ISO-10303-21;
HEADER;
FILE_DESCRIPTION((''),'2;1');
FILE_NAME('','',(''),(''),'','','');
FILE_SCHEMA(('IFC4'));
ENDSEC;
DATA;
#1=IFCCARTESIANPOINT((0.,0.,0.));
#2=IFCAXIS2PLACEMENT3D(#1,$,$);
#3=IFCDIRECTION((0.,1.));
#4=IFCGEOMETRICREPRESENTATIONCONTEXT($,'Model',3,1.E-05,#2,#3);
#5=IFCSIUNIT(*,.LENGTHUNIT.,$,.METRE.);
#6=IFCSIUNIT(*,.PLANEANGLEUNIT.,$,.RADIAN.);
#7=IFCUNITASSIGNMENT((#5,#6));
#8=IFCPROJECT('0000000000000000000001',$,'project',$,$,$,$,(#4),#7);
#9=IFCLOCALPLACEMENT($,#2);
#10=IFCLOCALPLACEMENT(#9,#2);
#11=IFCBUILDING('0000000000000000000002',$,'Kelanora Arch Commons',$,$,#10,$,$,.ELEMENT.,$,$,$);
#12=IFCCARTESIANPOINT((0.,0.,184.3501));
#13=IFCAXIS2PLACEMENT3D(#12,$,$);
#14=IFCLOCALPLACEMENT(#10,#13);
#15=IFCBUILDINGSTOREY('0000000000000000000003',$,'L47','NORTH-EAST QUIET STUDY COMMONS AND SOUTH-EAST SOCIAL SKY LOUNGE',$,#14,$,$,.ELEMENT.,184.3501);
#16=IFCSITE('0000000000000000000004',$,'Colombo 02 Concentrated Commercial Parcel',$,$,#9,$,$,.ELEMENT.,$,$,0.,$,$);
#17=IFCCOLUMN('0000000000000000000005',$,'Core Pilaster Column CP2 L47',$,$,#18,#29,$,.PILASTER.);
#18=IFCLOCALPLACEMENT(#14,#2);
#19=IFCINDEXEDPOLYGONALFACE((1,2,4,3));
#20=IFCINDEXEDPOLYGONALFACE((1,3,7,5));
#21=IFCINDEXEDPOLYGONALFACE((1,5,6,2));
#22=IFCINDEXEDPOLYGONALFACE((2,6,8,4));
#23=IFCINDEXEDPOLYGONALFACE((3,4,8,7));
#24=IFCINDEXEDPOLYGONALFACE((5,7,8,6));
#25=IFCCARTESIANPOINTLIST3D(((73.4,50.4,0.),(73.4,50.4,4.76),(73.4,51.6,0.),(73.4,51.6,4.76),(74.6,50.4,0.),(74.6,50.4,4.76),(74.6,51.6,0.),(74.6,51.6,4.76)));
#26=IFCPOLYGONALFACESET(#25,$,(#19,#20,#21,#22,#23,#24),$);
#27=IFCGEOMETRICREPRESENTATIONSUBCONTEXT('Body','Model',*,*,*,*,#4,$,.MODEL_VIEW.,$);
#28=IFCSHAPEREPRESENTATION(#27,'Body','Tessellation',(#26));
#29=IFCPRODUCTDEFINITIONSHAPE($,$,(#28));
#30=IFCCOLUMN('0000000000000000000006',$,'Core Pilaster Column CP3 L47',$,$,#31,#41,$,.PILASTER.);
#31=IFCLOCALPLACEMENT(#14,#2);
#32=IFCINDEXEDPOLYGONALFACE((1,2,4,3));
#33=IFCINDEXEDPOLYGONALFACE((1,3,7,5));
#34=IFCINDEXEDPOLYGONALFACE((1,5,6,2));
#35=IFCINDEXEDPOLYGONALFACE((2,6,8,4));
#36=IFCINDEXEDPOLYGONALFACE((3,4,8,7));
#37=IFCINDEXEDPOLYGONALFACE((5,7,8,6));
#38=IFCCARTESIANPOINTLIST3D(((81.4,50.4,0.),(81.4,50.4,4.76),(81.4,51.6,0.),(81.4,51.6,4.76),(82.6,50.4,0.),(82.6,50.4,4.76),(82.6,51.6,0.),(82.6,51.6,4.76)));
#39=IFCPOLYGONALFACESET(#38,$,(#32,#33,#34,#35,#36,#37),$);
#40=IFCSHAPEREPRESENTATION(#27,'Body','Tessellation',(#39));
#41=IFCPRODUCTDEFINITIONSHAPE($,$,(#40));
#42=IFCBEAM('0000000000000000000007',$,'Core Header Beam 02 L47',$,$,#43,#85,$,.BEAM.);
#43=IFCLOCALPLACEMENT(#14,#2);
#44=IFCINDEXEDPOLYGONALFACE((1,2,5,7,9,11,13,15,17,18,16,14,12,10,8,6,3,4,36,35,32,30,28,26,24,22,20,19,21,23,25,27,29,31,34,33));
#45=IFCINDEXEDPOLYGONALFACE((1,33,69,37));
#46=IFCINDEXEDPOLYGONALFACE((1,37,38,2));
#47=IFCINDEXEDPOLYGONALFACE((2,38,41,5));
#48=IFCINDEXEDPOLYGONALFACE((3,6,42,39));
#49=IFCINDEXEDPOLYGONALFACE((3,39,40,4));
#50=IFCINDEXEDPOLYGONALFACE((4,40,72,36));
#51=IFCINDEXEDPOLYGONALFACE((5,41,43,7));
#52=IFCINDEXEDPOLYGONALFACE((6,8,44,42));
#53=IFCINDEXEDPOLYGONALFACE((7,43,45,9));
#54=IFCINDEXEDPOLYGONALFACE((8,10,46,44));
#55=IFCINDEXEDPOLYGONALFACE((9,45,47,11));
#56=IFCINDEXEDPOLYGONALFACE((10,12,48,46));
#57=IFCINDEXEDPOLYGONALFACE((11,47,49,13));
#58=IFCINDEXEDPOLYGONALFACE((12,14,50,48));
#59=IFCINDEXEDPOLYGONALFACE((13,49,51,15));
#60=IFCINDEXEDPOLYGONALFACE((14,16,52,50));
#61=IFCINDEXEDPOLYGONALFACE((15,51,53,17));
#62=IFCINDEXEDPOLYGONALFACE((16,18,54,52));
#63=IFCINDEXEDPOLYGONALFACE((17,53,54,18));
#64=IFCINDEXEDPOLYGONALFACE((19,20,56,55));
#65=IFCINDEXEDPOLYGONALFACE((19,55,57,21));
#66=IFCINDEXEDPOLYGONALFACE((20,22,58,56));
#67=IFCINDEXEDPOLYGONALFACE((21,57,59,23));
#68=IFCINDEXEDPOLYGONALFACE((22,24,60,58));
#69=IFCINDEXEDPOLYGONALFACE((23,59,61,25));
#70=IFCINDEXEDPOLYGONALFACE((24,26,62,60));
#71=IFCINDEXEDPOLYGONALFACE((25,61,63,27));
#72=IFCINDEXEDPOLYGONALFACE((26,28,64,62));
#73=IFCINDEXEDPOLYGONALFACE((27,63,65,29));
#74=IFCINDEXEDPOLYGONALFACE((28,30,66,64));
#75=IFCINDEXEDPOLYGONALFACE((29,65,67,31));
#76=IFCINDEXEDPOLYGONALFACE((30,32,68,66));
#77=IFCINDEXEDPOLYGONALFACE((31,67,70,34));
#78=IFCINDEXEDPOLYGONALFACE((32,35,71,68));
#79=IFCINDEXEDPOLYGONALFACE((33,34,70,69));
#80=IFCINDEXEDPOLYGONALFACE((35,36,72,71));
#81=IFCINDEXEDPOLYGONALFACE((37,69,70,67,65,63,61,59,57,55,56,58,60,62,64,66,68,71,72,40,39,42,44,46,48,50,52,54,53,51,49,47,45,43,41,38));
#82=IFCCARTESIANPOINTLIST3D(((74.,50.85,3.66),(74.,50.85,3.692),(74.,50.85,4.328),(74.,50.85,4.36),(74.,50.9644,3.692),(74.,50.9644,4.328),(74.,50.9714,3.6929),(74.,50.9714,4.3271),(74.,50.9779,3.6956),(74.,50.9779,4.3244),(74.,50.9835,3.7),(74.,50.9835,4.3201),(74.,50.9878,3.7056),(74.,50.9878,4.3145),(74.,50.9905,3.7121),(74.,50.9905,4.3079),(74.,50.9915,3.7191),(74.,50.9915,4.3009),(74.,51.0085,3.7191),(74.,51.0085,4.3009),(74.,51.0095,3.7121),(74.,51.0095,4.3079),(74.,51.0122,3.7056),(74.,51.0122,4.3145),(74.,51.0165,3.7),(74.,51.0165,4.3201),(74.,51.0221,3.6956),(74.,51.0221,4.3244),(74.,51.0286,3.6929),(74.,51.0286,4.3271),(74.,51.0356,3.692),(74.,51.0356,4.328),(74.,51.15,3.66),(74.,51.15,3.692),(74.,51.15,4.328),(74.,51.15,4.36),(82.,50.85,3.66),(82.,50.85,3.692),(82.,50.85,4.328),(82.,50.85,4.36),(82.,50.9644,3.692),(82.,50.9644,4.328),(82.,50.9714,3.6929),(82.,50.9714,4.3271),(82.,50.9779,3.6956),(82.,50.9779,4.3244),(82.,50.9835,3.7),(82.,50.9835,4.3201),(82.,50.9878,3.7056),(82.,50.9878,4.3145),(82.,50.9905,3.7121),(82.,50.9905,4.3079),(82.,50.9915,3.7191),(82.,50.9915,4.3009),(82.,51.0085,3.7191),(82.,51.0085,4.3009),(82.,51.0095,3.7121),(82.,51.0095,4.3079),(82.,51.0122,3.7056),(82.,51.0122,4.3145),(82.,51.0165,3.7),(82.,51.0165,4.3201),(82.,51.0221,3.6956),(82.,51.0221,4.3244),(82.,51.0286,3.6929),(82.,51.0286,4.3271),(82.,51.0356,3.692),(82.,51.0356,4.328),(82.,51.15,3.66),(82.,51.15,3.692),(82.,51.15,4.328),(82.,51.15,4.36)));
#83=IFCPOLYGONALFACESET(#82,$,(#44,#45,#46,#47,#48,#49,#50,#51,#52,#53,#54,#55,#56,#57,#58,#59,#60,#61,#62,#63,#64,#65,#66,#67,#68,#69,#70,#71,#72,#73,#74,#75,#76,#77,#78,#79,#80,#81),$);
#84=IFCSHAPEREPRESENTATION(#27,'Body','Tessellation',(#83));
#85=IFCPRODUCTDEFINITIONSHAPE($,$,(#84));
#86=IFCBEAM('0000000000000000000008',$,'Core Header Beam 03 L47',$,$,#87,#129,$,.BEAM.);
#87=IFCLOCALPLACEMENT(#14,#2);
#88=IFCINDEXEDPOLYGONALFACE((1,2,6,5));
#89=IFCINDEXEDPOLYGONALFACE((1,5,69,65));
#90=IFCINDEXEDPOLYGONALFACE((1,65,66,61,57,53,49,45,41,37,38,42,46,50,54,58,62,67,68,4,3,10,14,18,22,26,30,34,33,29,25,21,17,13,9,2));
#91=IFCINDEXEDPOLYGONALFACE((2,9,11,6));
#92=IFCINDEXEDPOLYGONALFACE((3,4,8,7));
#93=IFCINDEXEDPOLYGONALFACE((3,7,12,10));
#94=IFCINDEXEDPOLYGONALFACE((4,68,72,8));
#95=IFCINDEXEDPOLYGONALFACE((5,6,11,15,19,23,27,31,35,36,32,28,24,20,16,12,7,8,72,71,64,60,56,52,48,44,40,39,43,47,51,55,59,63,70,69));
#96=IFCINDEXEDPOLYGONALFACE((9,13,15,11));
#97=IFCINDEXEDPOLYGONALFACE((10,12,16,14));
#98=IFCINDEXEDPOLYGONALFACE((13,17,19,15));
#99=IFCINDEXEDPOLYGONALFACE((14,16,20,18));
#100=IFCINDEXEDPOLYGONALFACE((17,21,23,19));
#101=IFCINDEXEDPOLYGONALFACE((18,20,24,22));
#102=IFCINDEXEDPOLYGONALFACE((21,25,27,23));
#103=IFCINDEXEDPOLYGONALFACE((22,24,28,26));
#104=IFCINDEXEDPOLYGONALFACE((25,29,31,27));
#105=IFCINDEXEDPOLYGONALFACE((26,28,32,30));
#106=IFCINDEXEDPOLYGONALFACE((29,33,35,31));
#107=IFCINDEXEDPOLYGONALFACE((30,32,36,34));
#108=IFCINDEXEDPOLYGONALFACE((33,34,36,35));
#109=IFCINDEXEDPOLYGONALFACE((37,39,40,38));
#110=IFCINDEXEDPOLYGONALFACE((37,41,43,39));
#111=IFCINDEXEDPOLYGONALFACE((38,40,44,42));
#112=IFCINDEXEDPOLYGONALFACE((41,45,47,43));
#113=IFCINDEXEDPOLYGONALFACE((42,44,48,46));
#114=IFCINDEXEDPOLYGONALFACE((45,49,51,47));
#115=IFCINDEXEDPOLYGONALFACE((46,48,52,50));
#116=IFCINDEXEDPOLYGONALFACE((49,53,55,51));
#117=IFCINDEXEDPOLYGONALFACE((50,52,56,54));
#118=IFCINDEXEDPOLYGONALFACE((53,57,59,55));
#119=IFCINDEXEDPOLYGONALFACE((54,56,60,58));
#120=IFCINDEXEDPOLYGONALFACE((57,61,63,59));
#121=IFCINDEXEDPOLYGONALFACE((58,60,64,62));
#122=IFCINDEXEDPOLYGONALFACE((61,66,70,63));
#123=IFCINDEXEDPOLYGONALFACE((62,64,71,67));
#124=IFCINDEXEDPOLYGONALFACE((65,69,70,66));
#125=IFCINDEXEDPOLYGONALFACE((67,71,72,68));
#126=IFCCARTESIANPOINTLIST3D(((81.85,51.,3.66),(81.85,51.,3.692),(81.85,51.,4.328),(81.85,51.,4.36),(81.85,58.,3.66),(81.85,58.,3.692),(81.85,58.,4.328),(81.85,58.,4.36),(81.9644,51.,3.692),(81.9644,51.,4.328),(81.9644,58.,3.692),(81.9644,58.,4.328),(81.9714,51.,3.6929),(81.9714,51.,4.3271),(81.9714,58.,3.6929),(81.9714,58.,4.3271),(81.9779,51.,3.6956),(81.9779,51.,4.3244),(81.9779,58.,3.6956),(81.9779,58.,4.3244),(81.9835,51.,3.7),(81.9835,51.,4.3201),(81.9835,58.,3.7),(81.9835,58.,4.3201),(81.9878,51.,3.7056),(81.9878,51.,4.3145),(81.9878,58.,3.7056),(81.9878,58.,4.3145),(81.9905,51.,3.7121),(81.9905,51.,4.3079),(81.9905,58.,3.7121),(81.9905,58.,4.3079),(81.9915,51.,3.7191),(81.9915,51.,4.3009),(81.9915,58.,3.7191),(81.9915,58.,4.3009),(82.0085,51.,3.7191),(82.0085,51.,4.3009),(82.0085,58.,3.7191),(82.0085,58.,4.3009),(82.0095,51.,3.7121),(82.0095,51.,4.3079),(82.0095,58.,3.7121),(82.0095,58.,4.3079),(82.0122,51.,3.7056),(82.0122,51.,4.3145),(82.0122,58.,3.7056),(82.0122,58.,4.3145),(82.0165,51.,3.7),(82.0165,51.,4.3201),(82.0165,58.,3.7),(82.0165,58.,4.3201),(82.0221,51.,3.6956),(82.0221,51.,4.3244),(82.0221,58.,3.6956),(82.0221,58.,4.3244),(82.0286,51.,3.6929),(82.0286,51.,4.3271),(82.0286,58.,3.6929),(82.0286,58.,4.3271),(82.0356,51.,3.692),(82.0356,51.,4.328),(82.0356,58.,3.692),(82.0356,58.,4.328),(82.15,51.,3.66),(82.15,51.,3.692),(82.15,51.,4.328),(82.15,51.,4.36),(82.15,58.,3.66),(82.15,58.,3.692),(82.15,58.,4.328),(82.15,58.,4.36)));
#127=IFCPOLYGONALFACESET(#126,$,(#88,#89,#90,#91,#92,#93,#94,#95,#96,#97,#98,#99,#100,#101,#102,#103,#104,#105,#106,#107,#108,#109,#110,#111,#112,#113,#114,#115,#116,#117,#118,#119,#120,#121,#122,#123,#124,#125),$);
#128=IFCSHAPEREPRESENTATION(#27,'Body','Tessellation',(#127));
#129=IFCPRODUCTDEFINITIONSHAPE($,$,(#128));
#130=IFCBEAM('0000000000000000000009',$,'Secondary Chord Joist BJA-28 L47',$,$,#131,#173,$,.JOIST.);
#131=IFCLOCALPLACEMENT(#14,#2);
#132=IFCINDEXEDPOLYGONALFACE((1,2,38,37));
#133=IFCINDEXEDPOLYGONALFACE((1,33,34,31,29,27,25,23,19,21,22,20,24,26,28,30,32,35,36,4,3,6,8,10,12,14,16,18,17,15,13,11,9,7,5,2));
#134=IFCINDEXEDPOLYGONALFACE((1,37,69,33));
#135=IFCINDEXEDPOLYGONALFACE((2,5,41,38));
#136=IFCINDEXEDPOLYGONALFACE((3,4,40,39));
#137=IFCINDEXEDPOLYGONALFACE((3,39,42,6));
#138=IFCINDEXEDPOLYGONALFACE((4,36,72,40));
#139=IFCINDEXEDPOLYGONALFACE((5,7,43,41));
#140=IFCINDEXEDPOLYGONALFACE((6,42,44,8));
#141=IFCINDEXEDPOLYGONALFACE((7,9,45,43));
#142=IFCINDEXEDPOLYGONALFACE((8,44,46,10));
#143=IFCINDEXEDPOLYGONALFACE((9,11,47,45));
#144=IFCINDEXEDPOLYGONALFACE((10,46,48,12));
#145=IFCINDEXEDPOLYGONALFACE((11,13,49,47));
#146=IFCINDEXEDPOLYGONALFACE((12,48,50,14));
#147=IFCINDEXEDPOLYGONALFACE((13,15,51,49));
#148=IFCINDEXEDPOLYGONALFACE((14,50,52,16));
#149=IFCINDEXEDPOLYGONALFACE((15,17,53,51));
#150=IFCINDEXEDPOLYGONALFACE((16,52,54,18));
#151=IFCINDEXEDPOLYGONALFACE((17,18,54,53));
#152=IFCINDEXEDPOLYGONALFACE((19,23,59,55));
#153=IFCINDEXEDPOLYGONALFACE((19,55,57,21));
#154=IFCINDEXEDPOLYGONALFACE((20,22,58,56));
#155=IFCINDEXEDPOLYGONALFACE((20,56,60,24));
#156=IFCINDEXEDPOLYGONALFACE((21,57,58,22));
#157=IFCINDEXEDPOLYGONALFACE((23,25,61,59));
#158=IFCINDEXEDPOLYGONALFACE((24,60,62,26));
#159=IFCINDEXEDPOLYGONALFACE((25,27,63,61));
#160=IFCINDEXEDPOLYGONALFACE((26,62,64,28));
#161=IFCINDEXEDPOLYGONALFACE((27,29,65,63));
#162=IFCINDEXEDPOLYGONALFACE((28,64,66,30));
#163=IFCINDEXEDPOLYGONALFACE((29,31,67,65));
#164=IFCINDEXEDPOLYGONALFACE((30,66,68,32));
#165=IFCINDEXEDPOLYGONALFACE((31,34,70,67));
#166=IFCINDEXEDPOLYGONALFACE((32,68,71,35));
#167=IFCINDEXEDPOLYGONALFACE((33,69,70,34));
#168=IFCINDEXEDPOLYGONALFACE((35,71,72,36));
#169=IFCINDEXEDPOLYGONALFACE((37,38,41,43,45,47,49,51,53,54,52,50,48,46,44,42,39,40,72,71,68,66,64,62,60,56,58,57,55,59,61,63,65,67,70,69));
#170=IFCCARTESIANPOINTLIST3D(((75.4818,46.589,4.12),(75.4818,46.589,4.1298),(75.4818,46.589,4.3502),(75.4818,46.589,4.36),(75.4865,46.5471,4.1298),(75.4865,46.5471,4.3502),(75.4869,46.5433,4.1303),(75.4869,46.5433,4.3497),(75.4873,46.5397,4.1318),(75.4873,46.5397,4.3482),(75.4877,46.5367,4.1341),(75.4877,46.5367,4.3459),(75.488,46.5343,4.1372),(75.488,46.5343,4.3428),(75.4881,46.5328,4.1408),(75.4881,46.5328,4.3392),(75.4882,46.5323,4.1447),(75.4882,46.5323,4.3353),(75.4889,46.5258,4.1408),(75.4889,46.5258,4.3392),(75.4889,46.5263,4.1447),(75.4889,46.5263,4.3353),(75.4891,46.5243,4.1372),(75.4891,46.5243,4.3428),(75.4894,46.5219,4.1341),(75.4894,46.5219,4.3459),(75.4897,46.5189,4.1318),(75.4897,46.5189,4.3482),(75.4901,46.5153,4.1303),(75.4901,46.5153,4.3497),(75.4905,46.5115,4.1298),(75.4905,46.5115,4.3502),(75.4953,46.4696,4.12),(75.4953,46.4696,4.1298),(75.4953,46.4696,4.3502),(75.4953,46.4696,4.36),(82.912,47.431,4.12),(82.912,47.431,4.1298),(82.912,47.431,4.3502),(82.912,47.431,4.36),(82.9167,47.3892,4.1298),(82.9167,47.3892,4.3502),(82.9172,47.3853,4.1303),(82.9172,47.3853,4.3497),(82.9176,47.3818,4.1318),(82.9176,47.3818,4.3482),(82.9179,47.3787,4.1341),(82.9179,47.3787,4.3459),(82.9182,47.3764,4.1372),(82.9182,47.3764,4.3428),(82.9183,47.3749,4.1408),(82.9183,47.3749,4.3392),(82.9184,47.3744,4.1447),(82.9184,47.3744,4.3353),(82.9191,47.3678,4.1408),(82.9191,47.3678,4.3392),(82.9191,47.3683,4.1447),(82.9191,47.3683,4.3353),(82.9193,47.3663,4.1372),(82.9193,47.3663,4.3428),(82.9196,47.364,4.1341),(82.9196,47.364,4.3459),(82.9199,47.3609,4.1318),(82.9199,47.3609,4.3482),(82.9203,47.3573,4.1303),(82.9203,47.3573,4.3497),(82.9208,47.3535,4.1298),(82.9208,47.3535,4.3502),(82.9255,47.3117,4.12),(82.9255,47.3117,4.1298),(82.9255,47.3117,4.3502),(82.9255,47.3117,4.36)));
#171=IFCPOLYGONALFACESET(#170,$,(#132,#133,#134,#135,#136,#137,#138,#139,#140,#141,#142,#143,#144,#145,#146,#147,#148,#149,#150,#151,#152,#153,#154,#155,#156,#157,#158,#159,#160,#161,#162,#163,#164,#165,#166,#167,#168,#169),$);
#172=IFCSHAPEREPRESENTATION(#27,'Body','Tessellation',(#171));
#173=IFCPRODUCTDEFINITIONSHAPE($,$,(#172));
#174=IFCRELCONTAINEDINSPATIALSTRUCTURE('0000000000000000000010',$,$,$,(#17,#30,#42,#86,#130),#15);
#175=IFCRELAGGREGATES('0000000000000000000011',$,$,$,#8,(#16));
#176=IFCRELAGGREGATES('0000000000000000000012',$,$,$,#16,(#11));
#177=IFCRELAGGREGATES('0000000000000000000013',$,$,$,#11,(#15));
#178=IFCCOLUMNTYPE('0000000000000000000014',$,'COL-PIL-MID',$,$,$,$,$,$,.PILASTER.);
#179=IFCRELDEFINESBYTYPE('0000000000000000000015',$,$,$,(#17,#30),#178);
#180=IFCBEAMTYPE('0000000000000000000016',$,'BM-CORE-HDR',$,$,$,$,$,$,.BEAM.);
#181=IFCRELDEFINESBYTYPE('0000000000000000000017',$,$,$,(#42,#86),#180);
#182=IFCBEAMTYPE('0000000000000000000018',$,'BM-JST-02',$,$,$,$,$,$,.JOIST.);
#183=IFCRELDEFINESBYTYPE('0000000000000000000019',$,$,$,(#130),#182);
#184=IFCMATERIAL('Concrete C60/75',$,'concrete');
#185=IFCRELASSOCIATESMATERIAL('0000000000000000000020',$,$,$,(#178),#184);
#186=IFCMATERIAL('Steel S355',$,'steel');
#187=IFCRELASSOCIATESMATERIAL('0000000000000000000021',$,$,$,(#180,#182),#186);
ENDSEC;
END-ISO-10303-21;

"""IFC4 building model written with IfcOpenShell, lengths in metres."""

from ifc_helpers import new_model, si_unit, direction, frame, origin, origin_2d, place, context, subcontext, project, spatial, rectangle, i_section, extrude, material, material_profile, profile_set, type_object, element, save


model = new_model("IFC4")

# Units and contexts
model_context = context("Model", 3, precision=1e-05, world=origin(), true_north=direction((0.0, 1.0)))
body_context = subcontext(model_context, "Body", "Model", "MODEL_VIEW")
ifc_project = project(units=[si_unit("LENGTHUNIT", "METRE"), si_unit("PLANEANGLEUNIT", "RADIAN")], contexts=[model_context])

# Site, building, storey
site_placement = place(None, origin())
site = spatial("IfcSite", under=ifc_project, at=site_placement, Name="Colombo 02 Concentrated Commercial Parcel", CompositionType="ELEMENT", RefElevation=0.0)
building_placement = place(site_placement, origin())
building = spatial("IfcBuilding", under=site, at=building_placement, Name="Kelanora Arch Commons", CompositionType="ELEMENT")
storey_placement = place(building_placement, frame((0.0, 0.0, 184.3501)))
storey = spatial("IfcBuildingStorey", under=building, at=storey_placement, Name="L47", Description="NORTH-EAST QUIET STUDY COMMONS AND SOUTH-EAST SOCIAL SKY LOUNGE", CompositionType="ELEMENT", Elevation=184.3501)

# Columns
ifc_material_1 = material(Name="Concrete C60/75", Category="concrete")
ifc_material_profile_1 = material_profile(ifc_material_1, rectangle(XDim=1.2, YDim=1.2, at=origin_2d()), Name="RC1200x1200")
ifc_profile_set_1 = profile_set([ifc_material_profile_1], Name="Concrete C60/75")
column_type = type_object("IfcColumnType", Name="COL-PIL-MID", PredefinedType="PILASTER", material=ifc_profile_set_1)
for number, where, z_axis, x_axis, name in (
    (1, (74.0, 51.0, 0.0), (0.0, 0.0, 1.0), (1.0, 0.0, 0.0), "Core Pilaster Column CP2 L47"),
    (2, (82.0, 51.0, 0.0), (0.0, 0.0, 1.0), (1.0, 0.0, 0.0), "Core Pilaster Column CP3 L47"),
):
    element("IfcColumn", number, at=place(storey_placement, frame(where, z_axis=z_axis, x_axis=x_axis)), inside=storey, type_object=column_type, Name=name, PredefinedType="PILASTER", context=body_context, shape_type="SweptSolid", body=[
        extrude(rectangle(XDim=1.2, YDim=1.2, at=origin_2d()), origin(), (0.0, 0.0, 1.0), 4.76),
    ])

# Beams
ifc_material_2 = material(Name="Steel S355", Category="steel")
ifc_material_profile_2 = material_profile(ifc_material_2, i_section(OverallWidth=0.3, OverallDepth=0.7, WebThickness=0.0171, FlangeThickness=0.032, FilletRadius=0.0271, at=origin_2d()), Name="HEB700")
ifc_profile_set_2 = profile_set([ifc_material_profile_2], Name="Steel S355")
beam_type_1 = type_object("IfcBeamType", Name="BM-CORE-HDR", PredefinedType="BEAM", material=ifc_profile_set_2)
beam_1_placement = place(storey_placement, frame((74.0, 51.0, 4.01), z_axis=(1.0, 0.0, 0.0), x_axis=(0.0, 1.0, 0.0)))
element("IfcBeam", 3, at=beam_1_placement, inside=storey, type_object=beam_type_1, Name="Core Header Beam 02 L47", PredefinedType="BEAM", context=body_context, shape_type="SweptSolid", body=[
    extrude(i_section(OverallWidth=0.3, OverallDepth=0.7, WebThickness=0.0171, FlangeThickness=0.032, FilletRadius=0.0271, at=origin_2d()), origin(), (0.0, 0.0, 1.0), 8.0),
])
beam_2_placement = place(storey_placement, frame((82.0, 51.0, 4.01), z_axis=(0.0, 1.0, 0.0), x_axis=(-1.0, 0.0, 0.0)))
element("IfcBeam", 4, at=beam_2_placement, inside=storey, type_object=beam_type_1, Name="Core Header Beam 03 L47", PredefinedType="BEAM", context=body_context, shape_type="SweptSolid", body=[
    extrude(i_section(OverallWidth=0.3, OverallDepth=0.7, WebThickness=0.0171, FlangeThickness=0.032, FilletRadius=0.0271, at=origin_2d()), origin(), (0.0, 0.0, 1.0), 7.0),
])
ifc_material_profile_3 = material_profile(ifc_material_2, i_section(OverallWidth=0.1201, OverallDepth=0.24, WebThickness=0.0061, FlangeThickness=0.0098, FilletRadius=0.0149, at=origin_2d()), Name="IPE240")
ifc_profile_set_3 = profile_set([ifc_material_profile_3], Name="Steel S355")
beam_type_2 = type_object("IfcBeamType", Name="BM-JST-02", PredefinedType="JOIST", material=ifc_profile_set_3)
beam_3_placement = place(storey_placement, frame((75.4885, 46.5293, 4.24), z_axis=(0.99364, 0.112606, 0.0), x_axis=(-0.112606, 0.99364, 0.0)))
element("IfcBeam", 5, at=beam_3_placement, inside=storey, type_object=beam_type_2, Name="Secondary Chord Joist BJA-28 L47", PredefinedType="JOIST", context=body_context, shape_type="SweptSolid", body=[
    extrude(i_section(OverallWidth=0.1201, OverallDepth=0.24, WebThickness=0.0061, FlangeThickness=0.0098, FilletRadius=0.0149, at=origin_2d()), origin(), (0.0, 0.0, 1.0), 7.4778),
])

save(model, "model.ifc")
